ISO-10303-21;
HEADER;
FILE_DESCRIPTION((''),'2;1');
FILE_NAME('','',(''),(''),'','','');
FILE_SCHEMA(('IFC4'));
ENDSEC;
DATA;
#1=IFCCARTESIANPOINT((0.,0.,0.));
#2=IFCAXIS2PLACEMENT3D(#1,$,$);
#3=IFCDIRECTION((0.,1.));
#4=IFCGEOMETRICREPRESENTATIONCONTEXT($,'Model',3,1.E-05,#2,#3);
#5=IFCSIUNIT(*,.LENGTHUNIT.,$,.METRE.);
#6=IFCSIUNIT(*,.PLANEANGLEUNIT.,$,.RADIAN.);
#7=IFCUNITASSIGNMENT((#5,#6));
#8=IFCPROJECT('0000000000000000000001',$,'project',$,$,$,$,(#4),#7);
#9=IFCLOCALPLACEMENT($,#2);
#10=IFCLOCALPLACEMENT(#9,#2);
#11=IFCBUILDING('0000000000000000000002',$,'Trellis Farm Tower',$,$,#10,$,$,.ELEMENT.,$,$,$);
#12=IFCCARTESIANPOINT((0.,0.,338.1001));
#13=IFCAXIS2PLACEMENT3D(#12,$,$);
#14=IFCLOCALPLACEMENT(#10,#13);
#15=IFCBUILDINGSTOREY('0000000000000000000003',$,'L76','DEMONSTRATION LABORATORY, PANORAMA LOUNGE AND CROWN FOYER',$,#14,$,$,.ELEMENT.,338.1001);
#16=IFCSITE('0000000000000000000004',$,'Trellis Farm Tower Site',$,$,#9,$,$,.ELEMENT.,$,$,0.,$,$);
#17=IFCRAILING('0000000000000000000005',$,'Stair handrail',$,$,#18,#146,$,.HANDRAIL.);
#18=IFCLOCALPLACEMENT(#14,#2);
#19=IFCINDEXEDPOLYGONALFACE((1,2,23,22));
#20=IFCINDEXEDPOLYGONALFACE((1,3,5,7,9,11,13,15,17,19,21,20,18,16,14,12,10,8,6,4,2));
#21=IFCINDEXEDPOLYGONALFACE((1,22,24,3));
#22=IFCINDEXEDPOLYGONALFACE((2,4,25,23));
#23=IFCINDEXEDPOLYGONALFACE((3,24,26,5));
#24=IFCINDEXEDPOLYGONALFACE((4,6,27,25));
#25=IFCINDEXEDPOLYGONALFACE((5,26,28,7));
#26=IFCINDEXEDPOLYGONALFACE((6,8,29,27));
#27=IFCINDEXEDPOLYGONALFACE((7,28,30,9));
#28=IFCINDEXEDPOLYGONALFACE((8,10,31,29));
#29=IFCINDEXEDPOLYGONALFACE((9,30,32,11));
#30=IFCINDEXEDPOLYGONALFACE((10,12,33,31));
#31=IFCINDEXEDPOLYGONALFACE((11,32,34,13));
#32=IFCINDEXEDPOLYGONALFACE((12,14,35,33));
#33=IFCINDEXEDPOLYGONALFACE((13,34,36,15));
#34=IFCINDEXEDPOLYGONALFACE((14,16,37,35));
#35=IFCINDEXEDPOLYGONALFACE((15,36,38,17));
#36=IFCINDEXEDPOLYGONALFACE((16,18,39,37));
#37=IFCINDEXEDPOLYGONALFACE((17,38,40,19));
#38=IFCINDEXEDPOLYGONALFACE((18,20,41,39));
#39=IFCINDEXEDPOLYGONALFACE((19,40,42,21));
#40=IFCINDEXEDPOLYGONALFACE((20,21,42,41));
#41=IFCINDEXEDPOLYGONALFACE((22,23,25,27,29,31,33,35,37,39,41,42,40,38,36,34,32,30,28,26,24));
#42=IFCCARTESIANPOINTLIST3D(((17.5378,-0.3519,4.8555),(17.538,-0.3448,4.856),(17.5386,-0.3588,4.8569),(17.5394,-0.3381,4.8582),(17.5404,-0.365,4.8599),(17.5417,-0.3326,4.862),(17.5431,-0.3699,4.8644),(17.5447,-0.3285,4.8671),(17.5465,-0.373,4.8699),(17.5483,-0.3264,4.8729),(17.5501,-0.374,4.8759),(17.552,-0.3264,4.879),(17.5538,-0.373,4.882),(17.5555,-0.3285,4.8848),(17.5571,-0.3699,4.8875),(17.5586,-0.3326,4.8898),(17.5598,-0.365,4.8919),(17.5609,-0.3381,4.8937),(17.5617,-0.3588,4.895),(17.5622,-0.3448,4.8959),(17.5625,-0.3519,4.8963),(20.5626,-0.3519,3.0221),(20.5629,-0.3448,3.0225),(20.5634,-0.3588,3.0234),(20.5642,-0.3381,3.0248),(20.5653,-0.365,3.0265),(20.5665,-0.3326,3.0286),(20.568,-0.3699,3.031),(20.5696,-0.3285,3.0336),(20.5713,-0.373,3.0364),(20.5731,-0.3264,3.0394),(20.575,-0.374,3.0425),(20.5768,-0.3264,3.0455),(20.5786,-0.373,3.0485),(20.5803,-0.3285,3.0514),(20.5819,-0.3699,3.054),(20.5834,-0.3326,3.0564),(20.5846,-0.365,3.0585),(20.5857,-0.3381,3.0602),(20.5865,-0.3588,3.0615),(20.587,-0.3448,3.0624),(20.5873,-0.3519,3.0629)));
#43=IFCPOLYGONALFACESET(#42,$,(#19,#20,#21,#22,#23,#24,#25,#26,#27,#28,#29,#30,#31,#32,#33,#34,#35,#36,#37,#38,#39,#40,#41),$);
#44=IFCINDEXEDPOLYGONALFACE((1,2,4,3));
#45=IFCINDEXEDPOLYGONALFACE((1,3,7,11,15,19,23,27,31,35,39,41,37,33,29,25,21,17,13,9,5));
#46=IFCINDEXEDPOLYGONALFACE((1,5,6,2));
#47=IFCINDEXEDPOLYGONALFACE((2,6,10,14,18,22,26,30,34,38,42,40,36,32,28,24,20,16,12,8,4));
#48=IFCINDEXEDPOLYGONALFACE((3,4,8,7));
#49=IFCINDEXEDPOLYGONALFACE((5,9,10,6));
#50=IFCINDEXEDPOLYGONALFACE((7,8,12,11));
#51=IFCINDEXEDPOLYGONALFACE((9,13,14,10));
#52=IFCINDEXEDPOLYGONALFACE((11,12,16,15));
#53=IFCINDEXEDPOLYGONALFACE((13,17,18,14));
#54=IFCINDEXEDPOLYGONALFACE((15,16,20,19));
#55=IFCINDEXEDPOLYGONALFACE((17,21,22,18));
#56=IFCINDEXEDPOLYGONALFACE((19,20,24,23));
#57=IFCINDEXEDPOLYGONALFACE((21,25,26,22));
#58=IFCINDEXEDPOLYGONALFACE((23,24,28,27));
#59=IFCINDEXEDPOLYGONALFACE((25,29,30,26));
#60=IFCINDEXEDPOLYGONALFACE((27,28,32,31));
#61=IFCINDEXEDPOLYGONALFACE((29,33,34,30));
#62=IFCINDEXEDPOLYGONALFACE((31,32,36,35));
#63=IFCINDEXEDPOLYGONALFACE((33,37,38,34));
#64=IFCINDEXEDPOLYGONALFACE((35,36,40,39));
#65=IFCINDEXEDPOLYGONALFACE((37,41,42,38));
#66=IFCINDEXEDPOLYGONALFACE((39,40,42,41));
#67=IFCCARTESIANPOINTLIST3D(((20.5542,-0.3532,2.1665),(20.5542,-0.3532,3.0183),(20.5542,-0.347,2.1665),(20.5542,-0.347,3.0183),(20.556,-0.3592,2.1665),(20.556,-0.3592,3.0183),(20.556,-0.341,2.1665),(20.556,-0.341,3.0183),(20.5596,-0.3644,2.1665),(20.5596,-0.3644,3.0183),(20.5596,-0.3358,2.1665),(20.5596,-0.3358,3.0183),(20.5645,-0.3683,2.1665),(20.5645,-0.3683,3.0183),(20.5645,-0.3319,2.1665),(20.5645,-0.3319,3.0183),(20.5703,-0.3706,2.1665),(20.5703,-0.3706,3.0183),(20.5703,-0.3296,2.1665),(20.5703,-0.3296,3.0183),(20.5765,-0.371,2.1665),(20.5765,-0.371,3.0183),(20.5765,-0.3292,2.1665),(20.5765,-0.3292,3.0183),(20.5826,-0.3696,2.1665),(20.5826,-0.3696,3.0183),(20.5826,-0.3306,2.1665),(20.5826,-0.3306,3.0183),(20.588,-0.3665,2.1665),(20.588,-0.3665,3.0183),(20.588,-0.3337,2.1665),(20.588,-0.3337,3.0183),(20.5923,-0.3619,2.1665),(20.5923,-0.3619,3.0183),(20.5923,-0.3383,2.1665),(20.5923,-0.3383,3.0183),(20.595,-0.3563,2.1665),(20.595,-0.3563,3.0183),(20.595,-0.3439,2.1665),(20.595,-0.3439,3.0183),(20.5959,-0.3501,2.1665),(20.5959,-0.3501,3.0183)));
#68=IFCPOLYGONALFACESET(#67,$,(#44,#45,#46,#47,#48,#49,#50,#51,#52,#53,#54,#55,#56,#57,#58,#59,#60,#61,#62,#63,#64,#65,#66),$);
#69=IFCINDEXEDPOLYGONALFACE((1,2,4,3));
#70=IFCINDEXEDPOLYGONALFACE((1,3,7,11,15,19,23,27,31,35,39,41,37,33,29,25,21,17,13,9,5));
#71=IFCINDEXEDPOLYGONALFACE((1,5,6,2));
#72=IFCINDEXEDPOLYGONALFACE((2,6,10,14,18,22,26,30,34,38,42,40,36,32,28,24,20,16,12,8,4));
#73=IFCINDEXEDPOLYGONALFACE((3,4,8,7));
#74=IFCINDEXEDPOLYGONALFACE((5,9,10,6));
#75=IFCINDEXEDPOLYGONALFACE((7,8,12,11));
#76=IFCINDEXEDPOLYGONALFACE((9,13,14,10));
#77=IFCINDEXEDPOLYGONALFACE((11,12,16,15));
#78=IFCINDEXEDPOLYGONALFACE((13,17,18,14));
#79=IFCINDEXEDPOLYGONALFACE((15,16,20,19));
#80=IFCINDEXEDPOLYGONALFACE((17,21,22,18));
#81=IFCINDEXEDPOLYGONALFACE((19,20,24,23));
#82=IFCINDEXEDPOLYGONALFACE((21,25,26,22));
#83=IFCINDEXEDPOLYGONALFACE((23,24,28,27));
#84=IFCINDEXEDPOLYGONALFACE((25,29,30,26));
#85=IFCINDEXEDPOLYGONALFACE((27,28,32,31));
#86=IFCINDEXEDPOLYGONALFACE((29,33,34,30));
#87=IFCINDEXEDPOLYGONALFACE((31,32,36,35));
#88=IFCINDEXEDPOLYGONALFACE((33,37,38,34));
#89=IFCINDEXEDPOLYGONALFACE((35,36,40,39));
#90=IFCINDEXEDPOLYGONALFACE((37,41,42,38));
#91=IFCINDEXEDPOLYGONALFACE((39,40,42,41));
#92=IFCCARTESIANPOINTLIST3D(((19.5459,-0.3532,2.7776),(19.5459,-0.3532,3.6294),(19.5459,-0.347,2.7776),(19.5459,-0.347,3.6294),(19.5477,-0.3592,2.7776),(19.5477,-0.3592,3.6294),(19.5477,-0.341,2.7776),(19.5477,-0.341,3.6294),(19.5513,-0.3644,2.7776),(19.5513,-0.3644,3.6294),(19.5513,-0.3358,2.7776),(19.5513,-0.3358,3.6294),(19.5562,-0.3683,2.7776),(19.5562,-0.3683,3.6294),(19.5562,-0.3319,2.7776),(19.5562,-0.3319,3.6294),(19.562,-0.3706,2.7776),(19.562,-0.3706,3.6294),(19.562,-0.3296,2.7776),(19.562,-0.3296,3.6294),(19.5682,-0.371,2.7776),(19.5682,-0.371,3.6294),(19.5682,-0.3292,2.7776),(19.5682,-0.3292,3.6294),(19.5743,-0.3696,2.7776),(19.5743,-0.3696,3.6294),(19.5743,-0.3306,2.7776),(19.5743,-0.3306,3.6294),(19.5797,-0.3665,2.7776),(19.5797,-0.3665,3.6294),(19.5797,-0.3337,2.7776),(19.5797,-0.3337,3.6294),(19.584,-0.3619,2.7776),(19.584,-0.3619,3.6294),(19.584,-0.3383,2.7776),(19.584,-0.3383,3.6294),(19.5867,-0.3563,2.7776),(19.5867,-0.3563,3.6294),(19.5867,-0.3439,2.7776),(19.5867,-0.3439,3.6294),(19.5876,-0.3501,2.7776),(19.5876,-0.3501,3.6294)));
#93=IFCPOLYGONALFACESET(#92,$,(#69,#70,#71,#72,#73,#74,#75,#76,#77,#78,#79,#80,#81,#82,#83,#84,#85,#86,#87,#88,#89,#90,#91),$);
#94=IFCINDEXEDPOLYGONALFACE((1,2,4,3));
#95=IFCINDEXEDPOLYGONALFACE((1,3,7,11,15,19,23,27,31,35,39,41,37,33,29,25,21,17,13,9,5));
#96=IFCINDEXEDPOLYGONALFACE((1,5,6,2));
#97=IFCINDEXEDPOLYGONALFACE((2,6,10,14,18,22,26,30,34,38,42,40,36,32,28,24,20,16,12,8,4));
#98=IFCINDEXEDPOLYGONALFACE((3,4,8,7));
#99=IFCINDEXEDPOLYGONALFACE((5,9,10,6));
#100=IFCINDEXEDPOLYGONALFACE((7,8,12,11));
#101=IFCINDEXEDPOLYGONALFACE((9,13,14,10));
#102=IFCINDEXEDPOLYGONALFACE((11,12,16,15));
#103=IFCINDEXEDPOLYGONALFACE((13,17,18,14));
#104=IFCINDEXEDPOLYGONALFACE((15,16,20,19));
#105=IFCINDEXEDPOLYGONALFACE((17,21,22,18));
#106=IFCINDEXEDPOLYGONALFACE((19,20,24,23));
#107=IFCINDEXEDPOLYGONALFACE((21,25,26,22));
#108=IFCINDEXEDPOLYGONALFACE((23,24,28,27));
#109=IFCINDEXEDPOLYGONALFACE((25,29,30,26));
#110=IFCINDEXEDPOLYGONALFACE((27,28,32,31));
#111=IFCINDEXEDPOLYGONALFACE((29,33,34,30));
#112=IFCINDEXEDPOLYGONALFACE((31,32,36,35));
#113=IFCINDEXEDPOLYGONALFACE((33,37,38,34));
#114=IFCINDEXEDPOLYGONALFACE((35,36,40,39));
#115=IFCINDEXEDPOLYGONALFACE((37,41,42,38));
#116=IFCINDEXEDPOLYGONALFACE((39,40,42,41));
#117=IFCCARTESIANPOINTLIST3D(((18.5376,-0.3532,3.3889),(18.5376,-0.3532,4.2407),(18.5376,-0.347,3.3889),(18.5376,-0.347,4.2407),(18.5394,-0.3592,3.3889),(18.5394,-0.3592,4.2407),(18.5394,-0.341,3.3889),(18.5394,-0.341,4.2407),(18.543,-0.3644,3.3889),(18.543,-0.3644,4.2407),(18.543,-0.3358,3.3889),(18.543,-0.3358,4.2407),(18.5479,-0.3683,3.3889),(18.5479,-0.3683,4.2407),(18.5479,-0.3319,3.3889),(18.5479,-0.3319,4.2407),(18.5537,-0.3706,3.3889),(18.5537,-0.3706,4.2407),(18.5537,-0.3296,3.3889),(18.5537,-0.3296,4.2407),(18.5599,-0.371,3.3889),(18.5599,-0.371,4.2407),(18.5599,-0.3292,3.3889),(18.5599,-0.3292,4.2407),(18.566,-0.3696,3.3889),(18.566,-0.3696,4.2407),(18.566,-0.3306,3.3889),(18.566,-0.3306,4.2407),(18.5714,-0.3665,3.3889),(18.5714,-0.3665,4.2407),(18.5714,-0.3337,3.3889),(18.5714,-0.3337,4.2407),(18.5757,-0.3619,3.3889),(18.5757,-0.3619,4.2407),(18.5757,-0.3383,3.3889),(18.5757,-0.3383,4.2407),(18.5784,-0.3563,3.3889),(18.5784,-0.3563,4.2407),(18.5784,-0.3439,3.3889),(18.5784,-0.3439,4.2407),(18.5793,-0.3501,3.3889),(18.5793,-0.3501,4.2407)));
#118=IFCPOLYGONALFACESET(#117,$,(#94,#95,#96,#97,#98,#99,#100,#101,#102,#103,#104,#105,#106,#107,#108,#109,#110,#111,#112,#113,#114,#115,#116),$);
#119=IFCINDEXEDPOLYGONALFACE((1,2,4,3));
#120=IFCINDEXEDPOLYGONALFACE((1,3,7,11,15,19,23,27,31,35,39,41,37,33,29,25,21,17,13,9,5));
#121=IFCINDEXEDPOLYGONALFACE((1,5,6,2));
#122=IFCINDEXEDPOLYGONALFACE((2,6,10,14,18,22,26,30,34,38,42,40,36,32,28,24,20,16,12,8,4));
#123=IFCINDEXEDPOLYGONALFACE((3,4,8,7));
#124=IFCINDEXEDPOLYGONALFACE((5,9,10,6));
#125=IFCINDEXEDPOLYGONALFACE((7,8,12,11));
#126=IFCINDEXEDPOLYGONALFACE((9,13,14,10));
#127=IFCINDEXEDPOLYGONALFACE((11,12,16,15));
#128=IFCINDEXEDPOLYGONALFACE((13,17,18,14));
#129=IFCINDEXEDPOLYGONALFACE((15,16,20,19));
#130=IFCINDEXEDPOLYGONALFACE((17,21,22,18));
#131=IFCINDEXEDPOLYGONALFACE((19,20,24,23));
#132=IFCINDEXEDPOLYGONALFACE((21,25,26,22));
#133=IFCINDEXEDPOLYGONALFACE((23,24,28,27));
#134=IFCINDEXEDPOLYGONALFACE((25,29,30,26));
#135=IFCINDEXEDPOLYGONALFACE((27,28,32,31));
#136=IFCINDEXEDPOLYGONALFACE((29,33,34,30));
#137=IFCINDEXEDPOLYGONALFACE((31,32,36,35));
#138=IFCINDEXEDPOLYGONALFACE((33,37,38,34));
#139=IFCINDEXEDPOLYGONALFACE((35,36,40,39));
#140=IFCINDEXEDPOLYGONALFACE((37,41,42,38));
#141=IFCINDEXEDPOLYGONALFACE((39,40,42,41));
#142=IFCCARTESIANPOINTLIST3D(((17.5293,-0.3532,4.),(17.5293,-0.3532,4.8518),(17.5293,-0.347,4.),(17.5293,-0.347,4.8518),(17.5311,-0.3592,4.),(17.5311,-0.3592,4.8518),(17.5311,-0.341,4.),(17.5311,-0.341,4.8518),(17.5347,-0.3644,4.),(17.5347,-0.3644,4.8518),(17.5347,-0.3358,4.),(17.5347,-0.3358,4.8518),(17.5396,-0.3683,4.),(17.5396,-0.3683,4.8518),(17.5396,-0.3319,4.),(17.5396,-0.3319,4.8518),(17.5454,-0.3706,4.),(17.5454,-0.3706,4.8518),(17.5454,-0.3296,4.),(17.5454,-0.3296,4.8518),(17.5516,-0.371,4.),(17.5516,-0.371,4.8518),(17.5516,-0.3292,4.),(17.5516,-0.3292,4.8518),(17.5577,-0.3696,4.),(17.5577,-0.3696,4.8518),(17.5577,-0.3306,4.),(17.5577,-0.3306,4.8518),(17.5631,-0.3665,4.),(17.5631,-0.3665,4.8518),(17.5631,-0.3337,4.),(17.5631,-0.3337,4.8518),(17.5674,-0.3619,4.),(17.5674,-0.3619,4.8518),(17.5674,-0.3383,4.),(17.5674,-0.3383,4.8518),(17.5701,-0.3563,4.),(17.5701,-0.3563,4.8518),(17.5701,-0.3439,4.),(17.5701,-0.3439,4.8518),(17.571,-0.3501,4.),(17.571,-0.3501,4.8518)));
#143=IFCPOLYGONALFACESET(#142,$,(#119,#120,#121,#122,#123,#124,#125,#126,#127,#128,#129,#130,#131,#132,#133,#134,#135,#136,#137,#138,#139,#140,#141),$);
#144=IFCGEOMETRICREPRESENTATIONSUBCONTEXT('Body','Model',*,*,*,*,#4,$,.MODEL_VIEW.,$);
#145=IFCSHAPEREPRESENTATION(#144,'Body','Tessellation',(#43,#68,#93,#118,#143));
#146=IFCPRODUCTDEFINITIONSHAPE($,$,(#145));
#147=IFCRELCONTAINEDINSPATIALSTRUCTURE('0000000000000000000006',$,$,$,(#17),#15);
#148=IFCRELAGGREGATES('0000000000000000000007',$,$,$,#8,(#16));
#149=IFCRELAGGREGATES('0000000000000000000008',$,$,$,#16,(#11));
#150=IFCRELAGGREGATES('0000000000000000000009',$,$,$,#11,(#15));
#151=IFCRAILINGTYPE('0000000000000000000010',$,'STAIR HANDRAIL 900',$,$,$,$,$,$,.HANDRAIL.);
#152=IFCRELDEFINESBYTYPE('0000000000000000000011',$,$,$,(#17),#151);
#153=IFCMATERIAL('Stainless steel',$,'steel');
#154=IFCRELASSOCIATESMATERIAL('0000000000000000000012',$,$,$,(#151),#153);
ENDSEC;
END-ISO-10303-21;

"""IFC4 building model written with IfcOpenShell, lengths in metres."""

from ifc_helpers import new_model, si_unit, direction, frame, origin, origin_2d, place, context, subcontext, project, spatial, circle, extrude, source, transform, mapped, material, type_object, element, save


model = new_model("IFC4")

# Units and contexts
model_context = context("Model", 3, precision=1e-05, world=origin(), true_north=direction((0.0, 1.0)))
body_context = subcontext(model_context, "Body", "Model", "MODEL_VIEW")
ifc_project = project(units=[si_unit("LENGTHUNIT", "METRE"), si_unit("PLANEANGLEUNIT", "RADIAN")], contexts=[model_context])

# Site, building, storey
site_placement = place(None, origin())
site = spatial("IfcSite", under=ifc_project, at=site_placement, Name="Trellis Farm Tower Site", CompositionType="ELEMENT", RefElevation=0.0)
building_placement = place(site_placement, origin())
building = spatial("IfcBuilding", under=site, at=building_placement, Name="Trellis Farm Tower", CompositionType="ELEMENT")
storey_placement = place(building_placement, frame((0.0, 0.0, 338.1001)))
storey = spatial("IfcBuildingStorey", under=building, at=storey_placement, Name="L76", Description="DEMONSTRATION LABORATORY, PANORAMA LOUNGE AND CROWN FOYER", CompositionType="ELEMENT", Elevation=338.1001)

# Railing
ifc_material_1 = material(Name="Stainless steel", Category="steel")
railing_type = type_object("IfcRailingType", Name="STAIR HANDRAIL 900", PredefinedType="HANDRAIL", material=ifc_material_1)
shared_shape_1 = source(origin(), body_context, "Body", "SweptSolid", [
    extrude(circle(Radius=0.0239, at=origin_2d()), frame((0.0, 0.0, 0.876), z_axis=(-0.85517, 0.0, 0.518348), x_axis=(0.0, -1.0, 0.0)), (0.0, 0.0, 1.0), 3.5371),
    extrude(circle(Radius=0.021, at=origin_2d()), origin(), (0.0, 0.0, 1.0), 0.8518),
    extrude(circle(Radius=0.021, at=origin_2d()), frame((-1.0083, 0.0, 0.6111)), (0.0, 0.0, 1.0), 0.8518),
    extrude(circle(Radius=0.021, at=origin_2d()), frame((-2.0166, 0.0, 1.2224)), (0.0, 0.0, 1.0), 0.8518),
    extrude(circle(Radius=0.021, at=origin_2d()), frame((-3.0249, 0.0, 1.8335)), (0.0, 0.0, 1.0), 0.8518),
])
for number, where, name in (
    (1, (20.575, -0.3501, 2.1665), "Stair handrail"),
):
    element("IfcRailing", number, at=place(storey_placement, frame(where)), inside=storey, type_object=railing_type, Name=name, PredefinedType="HANDRAIL", context=body_context, shape_type="MappedRepresentation", body=[
        mapped(shared_shape_1, transform((0.0, 0.0, 0.0))),
    ])

save(model, "model.ifc")
